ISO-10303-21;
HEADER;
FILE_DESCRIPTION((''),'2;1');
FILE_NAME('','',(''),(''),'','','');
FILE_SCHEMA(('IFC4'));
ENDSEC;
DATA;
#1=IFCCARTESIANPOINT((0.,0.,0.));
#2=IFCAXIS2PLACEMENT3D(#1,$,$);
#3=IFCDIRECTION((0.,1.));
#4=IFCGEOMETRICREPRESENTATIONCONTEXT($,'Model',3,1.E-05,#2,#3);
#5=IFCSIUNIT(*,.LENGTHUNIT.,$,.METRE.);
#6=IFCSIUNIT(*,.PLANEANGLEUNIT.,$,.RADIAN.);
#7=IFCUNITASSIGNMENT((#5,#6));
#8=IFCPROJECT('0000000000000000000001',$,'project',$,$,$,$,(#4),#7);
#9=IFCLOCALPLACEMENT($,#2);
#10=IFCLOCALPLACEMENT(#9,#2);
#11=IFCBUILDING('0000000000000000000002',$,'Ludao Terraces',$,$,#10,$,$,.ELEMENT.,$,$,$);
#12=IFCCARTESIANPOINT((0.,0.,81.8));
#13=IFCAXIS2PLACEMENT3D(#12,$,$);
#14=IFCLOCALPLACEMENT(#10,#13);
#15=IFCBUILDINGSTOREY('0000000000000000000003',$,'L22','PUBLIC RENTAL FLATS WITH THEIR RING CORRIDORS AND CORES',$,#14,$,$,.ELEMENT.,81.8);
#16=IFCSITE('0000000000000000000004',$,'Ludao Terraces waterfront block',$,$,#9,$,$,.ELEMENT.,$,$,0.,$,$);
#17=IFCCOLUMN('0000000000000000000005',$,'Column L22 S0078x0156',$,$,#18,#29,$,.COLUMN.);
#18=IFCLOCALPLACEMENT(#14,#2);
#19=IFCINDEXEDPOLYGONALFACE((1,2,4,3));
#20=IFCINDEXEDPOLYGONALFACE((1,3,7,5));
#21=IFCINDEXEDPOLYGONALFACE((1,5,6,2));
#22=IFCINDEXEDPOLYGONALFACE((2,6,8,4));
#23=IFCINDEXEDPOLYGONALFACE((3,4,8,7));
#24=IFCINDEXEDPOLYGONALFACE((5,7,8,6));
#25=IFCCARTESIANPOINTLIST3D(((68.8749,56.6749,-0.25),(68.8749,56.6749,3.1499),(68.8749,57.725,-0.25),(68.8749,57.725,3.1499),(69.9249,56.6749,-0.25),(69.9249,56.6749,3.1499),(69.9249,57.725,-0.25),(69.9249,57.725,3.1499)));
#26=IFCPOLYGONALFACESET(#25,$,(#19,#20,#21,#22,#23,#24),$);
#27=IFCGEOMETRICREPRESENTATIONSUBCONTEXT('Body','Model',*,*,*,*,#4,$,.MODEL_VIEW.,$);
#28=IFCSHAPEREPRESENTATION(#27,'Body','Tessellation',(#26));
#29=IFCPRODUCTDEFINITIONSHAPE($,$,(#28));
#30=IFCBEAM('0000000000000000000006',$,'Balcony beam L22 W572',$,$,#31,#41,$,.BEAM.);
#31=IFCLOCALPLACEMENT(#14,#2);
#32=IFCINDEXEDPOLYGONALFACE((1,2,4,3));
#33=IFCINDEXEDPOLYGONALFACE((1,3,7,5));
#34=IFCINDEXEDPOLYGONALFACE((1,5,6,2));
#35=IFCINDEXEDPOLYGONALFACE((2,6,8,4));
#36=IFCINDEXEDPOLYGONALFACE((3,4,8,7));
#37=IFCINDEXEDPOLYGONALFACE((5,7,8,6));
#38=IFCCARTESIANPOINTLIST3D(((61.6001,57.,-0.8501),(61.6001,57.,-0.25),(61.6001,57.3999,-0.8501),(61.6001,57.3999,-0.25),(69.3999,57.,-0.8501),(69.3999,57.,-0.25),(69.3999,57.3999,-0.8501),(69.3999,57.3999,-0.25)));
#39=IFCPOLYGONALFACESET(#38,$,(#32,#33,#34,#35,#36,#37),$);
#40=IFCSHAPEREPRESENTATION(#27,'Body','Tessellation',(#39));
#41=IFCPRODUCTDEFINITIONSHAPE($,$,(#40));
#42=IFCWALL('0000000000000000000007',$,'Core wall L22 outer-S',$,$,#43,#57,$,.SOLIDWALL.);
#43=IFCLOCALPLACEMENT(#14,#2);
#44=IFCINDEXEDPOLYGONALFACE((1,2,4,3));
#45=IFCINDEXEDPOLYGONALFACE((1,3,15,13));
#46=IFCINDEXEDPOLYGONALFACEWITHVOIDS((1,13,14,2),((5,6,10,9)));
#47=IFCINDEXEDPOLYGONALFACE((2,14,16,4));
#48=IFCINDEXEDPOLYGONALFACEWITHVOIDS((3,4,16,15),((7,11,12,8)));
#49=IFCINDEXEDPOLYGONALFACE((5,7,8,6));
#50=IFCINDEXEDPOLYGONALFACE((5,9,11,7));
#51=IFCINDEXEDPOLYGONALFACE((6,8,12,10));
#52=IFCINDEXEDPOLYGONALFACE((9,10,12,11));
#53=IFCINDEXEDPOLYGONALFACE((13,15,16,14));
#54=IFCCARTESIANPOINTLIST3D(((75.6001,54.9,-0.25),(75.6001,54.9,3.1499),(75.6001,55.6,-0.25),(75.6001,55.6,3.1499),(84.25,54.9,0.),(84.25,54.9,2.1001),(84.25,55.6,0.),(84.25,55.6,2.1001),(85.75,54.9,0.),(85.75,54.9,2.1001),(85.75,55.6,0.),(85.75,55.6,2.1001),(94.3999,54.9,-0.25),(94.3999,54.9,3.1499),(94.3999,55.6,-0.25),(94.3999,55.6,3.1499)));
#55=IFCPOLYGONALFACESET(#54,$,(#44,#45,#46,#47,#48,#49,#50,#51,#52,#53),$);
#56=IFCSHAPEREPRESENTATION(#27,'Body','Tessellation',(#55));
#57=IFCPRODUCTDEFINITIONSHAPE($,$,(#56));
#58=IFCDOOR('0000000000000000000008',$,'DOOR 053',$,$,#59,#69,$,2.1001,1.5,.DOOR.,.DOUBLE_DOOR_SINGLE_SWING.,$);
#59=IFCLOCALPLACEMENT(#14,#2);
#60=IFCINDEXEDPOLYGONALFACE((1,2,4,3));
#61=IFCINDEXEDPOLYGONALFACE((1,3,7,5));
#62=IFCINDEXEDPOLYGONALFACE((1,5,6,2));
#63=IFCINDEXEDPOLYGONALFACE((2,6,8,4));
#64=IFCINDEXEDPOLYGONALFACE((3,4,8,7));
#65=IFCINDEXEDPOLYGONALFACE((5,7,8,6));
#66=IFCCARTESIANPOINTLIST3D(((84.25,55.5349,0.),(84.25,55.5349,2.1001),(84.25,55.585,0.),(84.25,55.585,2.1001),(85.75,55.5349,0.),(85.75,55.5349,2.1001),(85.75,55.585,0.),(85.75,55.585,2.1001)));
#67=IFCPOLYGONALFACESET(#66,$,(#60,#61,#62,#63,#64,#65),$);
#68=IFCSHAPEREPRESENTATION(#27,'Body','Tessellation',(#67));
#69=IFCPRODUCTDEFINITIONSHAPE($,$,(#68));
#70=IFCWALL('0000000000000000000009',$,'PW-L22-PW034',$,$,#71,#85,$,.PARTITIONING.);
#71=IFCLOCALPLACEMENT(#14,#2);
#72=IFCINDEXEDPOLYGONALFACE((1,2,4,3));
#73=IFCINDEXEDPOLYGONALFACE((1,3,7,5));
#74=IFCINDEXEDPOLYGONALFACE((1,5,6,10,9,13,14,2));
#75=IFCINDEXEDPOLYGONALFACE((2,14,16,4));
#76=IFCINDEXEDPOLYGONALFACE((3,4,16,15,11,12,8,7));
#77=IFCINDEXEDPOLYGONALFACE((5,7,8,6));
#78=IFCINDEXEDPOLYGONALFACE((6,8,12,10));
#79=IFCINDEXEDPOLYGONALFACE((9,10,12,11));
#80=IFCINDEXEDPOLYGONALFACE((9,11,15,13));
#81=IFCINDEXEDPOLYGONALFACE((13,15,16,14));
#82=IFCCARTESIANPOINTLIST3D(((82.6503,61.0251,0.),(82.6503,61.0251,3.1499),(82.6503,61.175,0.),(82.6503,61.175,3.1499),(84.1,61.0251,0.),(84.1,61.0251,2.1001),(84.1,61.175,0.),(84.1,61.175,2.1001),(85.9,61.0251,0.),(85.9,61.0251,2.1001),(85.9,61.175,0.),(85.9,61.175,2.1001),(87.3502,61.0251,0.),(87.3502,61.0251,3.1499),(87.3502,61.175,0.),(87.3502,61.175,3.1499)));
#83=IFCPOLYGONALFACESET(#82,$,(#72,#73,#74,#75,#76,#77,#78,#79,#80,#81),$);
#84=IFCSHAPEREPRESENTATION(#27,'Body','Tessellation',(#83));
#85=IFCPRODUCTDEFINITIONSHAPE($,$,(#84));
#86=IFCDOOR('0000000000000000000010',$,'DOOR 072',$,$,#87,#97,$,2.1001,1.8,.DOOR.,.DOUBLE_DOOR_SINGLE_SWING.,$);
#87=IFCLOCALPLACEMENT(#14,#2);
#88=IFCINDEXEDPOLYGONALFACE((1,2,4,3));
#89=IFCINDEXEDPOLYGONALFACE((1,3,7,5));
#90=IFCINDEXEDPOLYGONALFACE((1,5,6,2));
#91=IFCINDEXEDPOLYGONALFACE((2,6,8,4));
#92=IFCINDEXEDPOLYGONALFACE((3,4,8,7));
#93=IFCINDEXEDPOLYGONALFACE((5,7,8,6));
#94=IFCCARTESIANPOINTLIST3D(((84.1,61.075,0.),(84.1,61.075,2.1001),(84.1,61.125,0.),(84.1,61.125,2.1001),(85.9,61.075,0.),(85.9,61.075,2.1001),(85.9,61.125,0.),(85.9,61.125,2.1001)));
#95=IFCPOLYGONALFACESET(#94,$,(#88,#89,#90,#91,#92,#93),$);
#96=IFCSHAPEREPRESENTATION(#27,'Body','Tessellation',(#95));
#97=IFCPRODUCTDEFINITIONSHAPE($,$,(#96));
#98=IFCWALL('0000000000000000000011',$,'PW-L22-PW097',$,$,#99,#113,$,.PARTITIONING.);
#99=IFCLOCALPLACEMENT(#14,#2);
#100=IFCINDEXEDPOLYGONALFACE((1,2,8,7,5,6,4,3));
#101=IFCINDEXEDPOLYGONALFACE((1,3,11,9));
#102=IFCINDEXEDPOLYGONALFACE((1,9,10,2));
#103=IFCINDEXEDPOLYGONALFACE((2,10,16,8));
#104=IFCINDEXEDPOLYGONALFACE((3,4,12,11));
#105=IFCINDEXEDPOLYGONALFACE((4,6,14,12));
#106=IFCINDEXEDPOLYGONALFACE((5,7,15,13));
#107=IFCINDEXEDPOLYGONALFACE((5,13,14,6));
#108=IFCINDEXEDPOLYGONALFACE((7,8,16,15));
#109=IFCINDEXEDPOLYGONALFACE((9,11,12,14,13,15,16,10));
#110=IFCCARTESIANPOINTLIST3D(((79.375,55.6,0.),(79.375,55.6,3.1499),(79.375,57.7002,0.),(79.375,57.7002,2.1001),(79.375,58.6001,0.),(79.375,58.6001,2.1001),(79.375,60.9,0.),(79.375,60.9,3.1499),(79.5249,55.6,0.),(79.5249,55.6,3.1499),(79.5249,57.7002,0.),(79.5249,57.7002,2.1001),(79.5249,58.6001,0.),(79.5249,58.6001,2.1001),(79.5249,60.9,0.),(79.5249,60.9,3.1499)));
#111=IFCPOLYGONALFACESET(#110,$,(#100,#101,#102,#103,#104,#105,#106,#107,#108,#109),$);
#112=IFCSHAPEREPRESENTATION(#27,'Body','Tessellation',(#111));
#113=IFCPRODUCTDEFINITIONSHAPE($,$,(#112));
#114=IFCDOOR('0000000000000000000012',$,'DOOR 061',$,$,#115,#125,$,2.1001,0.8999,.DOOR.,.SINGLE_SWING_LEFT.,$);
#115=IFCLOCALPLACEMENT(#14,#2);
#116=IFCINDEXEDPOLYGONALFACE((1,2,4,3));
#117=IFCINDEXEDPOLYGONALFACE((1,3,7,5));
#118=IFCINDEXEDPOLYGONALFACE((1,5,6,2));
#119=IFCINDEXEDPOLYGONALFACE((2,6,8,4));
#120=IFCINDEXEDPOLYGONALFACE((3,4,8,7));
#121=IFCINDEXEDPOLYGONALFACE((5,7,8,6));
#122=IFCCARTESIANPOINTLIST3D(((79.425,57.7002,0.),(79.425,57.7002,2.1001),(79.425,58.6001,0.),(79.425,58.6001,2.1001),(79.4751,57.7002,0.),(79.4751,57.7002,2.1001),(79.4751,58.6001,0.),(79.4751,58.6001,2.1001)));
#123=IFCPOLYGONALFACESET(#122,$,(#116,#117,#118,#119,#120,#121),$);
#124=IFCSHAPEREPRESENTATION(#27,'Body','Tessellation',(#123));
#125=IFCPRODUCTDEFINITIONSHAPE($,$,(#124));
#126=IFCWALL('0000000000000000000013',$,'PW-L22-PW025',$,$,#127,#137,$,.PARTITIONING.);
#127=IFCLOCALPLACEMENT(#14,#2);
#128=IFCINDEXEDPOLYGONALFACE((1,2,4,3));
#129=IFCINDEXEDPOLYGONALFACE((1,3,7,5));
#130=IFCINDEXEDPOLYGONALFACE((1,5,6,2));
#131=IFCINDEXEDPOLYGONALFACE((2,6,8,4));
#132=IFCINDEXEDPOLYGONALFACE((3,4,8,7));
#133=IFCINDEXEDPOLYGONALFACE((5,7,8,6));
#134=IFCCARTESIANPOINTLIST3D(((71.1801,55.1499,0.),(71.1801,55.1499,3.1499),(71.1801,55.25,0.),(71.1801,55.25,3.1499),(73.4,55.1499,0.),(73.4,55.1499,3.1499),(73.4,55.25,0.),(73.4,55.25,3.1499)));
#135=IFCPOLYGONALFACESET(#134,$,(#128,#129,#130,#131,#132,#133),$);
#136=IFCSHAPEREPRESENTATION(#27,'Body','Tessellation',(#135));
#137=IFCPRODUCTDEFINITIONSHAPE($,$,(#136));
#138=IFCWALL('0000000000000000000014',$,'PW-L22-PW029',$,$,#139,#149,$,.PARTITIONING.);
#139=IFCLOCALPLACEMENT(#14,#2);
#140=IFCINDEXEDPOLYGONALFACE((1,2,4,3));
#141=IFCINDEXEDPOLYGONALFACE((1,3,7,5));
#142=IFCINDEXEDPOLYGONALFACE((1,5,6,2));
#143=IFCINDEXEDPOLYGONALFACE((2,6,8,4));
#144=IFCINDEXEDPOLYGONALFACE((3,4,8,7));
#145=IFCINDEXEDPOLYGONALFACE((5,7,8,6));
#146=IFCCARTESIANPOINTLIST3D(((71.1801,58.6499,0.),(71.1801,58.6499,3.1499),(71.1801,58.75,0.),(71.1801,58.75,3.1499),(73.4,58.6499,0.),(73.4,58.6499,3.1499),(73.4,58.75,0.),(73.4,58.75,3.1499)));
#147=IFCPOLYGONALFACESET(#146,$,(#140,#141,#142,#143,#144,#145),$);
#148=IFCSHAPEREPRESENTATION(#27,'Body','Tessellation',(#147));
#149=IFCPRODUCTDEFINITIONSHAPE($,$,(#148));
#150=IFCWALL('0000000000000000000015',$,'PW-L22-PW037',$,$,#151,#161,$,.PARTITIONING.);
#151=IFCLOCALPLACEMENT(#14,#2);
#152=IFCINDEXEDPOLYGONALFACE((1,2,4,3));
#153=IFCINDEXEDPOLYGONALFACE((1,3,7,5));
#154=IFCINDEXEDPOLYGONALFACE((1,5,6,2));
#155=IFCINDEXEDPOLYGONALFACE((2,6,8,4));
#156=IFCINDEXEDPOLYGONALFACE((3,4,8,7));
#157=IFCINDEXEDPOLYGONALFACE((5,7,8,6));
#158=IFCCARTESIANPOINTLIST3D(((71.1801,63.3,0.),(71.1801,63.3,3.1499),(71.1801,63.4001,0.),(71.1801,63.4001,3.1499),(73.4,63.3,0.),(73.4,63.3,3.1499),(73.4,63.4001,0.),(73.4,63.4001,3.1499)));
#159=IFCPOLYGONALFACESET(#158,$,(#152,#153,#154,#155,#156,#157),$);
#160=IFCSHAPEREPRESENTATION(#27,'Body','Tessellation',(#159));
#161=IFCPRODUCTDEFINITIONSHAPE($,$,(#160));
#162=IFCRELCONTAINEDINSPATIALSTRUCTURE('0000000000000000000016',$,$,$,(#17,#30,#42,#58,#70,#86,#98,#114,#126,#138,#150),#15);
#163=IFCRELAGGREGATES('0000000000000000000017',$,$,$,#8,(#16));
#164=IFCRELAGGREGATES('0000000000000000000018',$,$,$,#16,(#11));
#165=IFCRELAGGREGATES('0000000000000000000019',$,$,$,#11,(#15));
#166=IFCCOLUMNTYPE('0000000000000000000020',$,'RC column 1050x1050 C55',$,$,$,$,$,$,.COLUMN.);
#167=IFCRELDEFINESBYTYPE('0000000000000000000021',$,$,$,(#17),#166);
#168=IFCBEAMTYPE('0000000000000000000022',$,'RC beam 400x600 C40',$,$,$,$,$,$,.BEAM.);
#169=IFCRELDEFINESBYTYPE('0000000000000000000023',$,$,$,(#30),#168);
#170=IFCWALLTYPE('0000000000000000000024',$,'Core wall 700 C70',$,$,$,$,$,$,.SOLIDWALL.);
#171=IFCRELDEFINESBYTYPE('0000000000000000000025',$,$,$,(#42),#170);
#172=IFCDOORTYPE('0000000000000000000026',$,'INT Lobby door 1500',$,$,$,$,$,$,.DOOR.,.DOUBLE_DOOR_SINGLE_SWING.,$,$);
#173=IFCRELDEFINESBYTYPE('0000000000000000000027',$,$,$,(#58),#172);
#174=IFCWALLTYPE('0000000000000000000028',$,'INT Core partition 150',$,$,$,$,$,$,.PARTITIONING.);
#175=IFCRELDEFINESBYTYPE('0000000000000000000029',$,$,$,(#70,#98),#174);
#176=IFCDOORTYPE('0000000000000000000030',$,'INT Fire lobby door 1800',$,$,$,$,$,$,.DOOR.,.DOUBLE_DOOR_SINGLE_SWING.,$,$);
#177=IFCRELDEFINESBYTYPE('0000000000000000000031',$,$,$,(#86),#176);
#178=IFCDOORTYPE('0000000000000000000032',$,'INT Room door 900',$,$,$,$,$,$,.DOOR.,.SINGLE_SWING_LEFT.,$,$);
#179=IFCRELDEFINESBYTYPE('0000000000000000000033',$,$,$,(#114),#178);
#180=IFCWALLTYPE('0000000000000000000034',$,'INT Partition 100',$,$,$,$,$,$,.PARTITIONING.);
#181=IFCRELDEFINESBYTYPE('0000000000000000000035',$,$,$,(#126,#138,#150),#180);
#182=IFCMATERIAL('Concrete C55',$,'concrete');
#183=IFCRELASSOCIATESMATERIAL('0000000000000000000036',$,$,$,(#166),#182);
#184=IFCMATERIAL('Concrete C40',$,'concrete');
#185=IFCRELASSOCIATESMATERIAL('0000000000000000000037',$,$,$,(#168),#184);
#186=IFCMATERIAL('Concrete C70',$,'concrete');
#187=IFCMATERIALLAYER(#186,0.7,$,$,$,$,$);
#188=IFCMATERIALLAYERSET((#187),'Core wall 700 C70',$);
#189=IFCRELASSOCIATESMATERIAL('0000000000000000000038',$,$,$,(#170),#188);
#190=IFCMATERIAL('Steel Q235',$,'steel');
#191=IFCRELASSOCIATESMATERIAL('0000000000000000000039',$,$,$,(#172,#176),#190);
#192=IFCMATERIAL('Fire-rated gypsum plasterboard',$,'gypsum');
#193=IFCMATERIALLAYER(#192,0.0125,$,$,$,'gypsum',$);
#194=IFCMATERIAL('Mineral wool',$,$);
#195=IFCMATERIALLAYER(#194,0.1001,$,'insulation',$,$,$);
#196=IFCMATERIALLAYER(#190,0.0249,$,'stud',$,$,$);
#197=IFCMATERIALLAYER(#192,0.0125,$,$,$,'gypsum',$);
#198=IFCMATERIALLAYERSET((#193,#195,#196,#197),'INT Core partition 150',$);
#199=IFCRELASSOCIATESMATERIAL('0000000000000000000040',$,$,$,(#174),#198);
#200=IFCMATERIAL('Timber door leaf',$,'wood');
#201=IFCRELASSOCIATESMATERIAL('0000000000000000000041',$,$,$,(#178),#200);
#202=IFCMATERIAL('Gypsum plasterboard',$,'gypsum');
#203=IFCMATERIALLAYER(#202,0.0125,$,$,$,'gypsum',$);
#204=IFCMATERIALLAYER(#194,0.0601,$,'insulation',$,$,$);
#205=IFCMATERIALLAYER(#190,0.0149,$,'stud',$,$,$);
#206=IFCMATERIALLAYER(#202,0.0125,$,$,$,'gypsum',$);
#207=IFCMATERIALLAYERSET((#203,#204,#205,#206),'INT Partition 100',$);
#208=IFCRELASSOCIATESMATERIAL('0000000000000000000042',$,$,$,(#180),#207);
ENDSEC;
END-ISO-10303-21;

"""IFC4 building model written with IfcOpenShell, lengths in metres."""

from ifc_helpers import new_model, si_unit, direction, frame, frame_2d, origin, origin_2d, place, context, subcontext, project, spatial, rectangle, extrude, material, layer, layer_set, material_profile, profile_set, type_object, element, fill, save


model = new_model("IFC4")

# Units and contexts
model_context = context("Model", 3, precision=1e-05, world=origin(), true_north=direction((0.0, 1.0)))
body_context = subcontext(model_context, "Body", "Model", "MODEL_VIEW")
ifc_project = project(units=[si_unit("LENGTHUNIT", "METRE"), si_unit("PLANEANGLEUNIT", "RADIAN")], contexts=[model_context])

# Site, building, storey
site_placement = place(None, origin())
site = spatial("IfcSite", under=ifc_project, at=site_placement, Name="Ludao Terraces waterfront block", CompositionType="ELEMENT", RefElevation=0.0)
building_placement = place(site_placement, origin())
building = spatial("IfcBuilding", under=site, at=building_placement, Name="Ludao Terraces", CompositionType="ELEMENT")
storey_placement = place(building_placement, frame((0.0, 0.0, 81.8)))
storey = spatial("IfcBuildingStorey", under=building, at=storey_placement, Name="L22", Description="PUBLIC RENTAL FLATS WITH THEIR RING CORRIDORS AND CORES", CompositionType="ELEMENT", Elevation=81.8)

# Column
ifc_material_1 = material(Name="Concrete C55", Category="concrete")
ifc_material_profile_1 = material_profile(ifc_material_1, rectangle(XDim=1.05, YDim=1.05, at=origin_2d()), Name="1050 X 1050")
ifc_profile_set_1 = profile_set([ifc_material_profile_1], Name="Concrete C55")
column_type = type_object("IfcColumnType", Name="RC column 1050x1050 C55", PredefinedType="COLUMN", material=ifc_profile_set_1)
column_placement = place(storey_placement, frame((69.3999, 57.2, -0.25), z_axis=(0.0, 0.0, 1.0), x_axis=(1.0, 0.0, 0.0)))
element("IfcColumn", 1, at=column_placement, inside=storey, type_object=column_type, Name="Column L22 S0078x0156", PredefinedType="COLUMN", context=body_context, shape_type="SweptSolid", body=[
    extrude(rectangle(XDim=1.05, YDim=1.05, at=origin_2d()), origin(), (0.0, 0.0, 1.0), 3.3999),
])

# Beam
ifc_material_2 = material(Name="Concrete C40", Category="concrete")
ifc_material_profile_2 = material_profile(ifc_material_2, rectangle(XDim=0.3999, YDim=0.6001, at=origin_2d()), Name="400 X 600")
ifc_profile_set_2 = profile_set([ifc_material_profile_2], Name="Concrete C40")
beam_type = type_object("IfcBeamType", Name="RC beam 400x600 C40", PredefinedType="BEAM", material=ifc_profile_set_2)
beam_placement = place(storey_placement, frame((69.3999, 57.2, -0.55), z_axis=(-1.0, 0.0, 0.0), x_axis=(0.0, -1.0, 0.0)))
element("IfcBeam", 2, at=beam_placement, inside=storey, type_object=beam_type, Name="Balcony beam L22 W572", PredefinedType="BEAM", context=body_context, shape_type="SweptSolid", body=[
    extrude(rectangle(XDim=0.3999, YDim=0.6001, at=origin_2d()), origin(), (0.0, 0.0, 1.0), 7.7998),
])

# Walls, openings, doors
ifc_material_3 = material(Name="Concrete C70", Category="concrete")
ifc_layer_1 = layer(ifc_material_3, 0.7)
ifc_layer_set_1 = layer_set([ifc_layer_1], Name="Core wall 700 C70")
wall_type_1 = type_object("IfcWallType", Name="Core wall 700 C70", PredefinedType="SOLIDWALL", material=ifc_layer_set_1)
wall_1_placement = place(storey_placement, frame((75.6001, 55.25, -0.25), z_axis=(0.0, 0.0, 1.0), x_axis=(1.0, 0.0, 0.0)))
wall_1 = element("IfcWall", 3, at=wall_1_placement, inside=storey, type_object=wall_type_1, Name="Core wall L22 outer-S", PredefinedType="SOLIDWALL", context=body_context, shape_type="SweptSolid", body=[
    extrude(rectangle(XDim=18.7998, YDim=0.7, at=frame_2d((9.3999, 0.0))), origin(), (0.0, 0.0, 1.0), 3.3999),
])
opening_1_placement = place(wall_1_placement, frame((8.6499, 0.0, 0.25)))
opening_1 = element("IfcOpeningElement", 4, at=opening_1_placement, cuts=wall_1, PredefinedType="OPENING", context=body_context, shape_type="SweptSolid", body=[
    extrude(rectangle(XDim=1.5, YDim=2.1001, at=frame_2d((0.75, 1.05))), frame((0.0, 0.3599, 0.0), z_axis=(0.0, -1.0, 0.0), x_axis=(1.0, 0.0, 0.0)), (0.0, 0.0, 1.0), 0.72),
])
ifc_material_4 = material(Name="Steel Q235", Category="steel")
door_type_1 = type_object("IfcDoorType", Name="INT Lobby door 1500", OperationType="DOUBLE_DOOR_SINGLE_SWING", PredefinedType="DOOR", material=ifc_material_4)
door_1_placement = place(opening_1_placement, origin())
door_1 = element("IfcDoor", 5, at=door_1_placement, inside=storey, type_object=door_type_1, Name="DOOR 053", OperationType="DOUBLE_DOOR_SINGLE_SWING", OverallHeight=2.1001, OverallWidth=1.5, PredefinedType="DOOR", context=body_context, shape_type="SweptSolid", body=[
    extrude(rectangle(XDim=1.5, YDim=2.1001, at=frame_2d((0.75, 1.05))), frame((0.0, 0.335, 0.0), z_axis=(0.0, -1.0, 0.0), x_axis=(1.0, 0.0, 0.0)), (0.0, 0.0, 1.0), 0.05),
])
fill(opening_1, door_1)
ifc_material_5 = material(Name="Fire-rated gypsum plasterboard", Category="gypsum")
ifc_layer_2 = layer(ifc_material_5, 0.0125, Category="gypsum")
ifc_material_6 = material(Name="Mineral wool")
ifc_layer_3 = layer(ifc_material_6, 0.1001, Name="insulation")
ifc_layer_4 = layer(ifc_material_4, 0.0249, Name="stud")
ifc_layer_5 = layer(ifc_material_5, 0.0125, Category="gypsum")
ifc_layer_set_2 = layer_set([ifc_layer_2, ifc_layer_3, ifc_layer_4, ifc_layer_5], Name="INT Core partition 150")
wall_type_2 = type_object("IfcWallType", Name="INT Core partition 150", PredefinedType="PARTITIONING", material=ifc_layer_set_2)
wall_2_placement = place(storey_placement, frame((82.6501, 61.1001, 0.0), z_axis=(0.0, 0.0, 1.0), x_axis=(1.0, 0.0, 0.0)))
wall_2 = element("IfcWall", 6, at=wall_2_placement, inside=storey, type_object=wall_type_2, Name="PW-L22-PW034", PredefinedType="PARTITIONING", context=body_context, shape_type="SweptSolid", body=[
    extrude(rectangle(XDim=4.7, YDim=0.1499, at=frame_2d((2.3501, 0.0))), origin(), (0.0, 0.0, 1.0), 3.1499),
])
opening_2_placement = place(wall_2_placement, frame((1.45, 0.0, 0.0)))
opening_2 = element("IfcOpeningElement", 7, at=opening_2_placement, cuts=wall_2, PredefinedType="OPENING", context=body_context, shape_type="SweptSolid", body=[
    extrude(rectangle(XDim=1.8, YDim=2.1001, at=frame_2d((0.8999, 1.05))), frame((0.0, 0.085, 0.0), z_axis=(0.0, -1.0, 0.0), x_axis=(1.0, 0.0, 0.0)), (0.0, 0.0, 1.0), 0.1699),
])
door_type_2 = type_object("IfcDoorType", Name="INT Fire lobby door 1800", OperationType="DOUBLE_DOOR_SINGLE_SWING", PredefinedType="DOOR", material=ifc_material_4)
door_2_placement = place(opening_2_placement, origin())
door_2 = element("IfcDoor", 8, at=door_2_placement, inside=storey, type_object=door_type_2, Name="DOOR 072", OperationType="DOUBLE_DOOR_SINGLE_SWING", OverallHeight=2.1001, OverallWidth=1.8, PredefinedType="DOOR", context=body_context, shape_type="SweptSolid", body=[
    extrude(rectangle(XDim=1.8, YDim=2.1001, at=frame_2d((0.8999, 1.05))), frame((0.0, 0.0249, 0.0), z_axis=(0.0, -1.0, 0.0), x_axis=(1.0, 0.0, 0.0)), (0.0, 0.0, 1.0), 0.05),
])
fill(opening_2, door_2)
wall_3_placement = place(storey_placement, frame((79.45, 55.6001, 0.0), z_axis=(0.0, 0.0, 1.0), x_axis=(0.0, 1.0, 0.0)))
wall_3 = element("IfcWall", 9, at=wall_3_placement, inside=storey, type_object=wall_type_2, Name="PW-L22-PW097", PredefinedType="PARTITIONING", context=body_context, shape_type="SweptSolid", body=[
    extrude(rectangle(XDim=5.3, YDim=0.1499, at=frame_2d((2.6499, 0.0))), origin(), (0.0, 0.0, 1.0), 3.1499),
])
opening_3_placement = place(wall_3_placement, frame((2.1001, 0.0, 0.0)))
opening_3 = element("IfcOpeningElement", 10, at=opening_3_placement, cuts=wall_3, PredefinedType="OPENING", context=body_context, shape_type="SweptSolid", body=[
    extrude(rectangle(XDim=0.8999, YDim=2.1001, at=frame_2d((0.45, 1.05))), frame((0.0, 0.085, 0.0), z_axis=(0.0, -1.0, 0.0), x_axis=(1.0, 0.0, 0.0)), (0.0, 0.0, 1.0), 0.1699),
])
ifc_material_7 = material(Name="Timber door leaf", Category="wood")
door_type_3 = type_object("IfcDoorType", Name="INT Room door 900", OperationType="SINGLE_SWING_LEFT", PredefinedType="DOOR", material=ifc_material_7)
door_3_placement = place(opening_3_placement, origin())
door_3 = element("IfcDoor", 11, at=door_3_placement, inside=storey, type_object=door_type_3, Name="DOOR 061", OperationType="SINGLE_SWING_LEFT", OverallHeight=2.1001, OverallWidth=0.8999, PredefinedType="DOOR", context=body_context, shape_type="SweptSolid", body=[
    extrude(rectangle(XDim=0.8999, YDim=2.1001, at=frame_2d((0.45, 1.05))), frame((0.0, 0.0249, 0.0), z_axis=(0.0, -1.0, 0.0), x_axis=(1.0, 0.0, 0.0)), (0.0, 0.0, 1.0), 0.05),
])
fill(opening_3, door_3)

# Walls
ifc_material_8 = material(Name="Gypsum plasterboard", Category="gypsum")
ifc_layer_6 = layer(ifc_material_8, 0.0125, Category="gypsum")
ifc_layer_7 = layer(ifc_material_6, 0.0601, Name="insulation")
ifc_layer_8 = layer(ifc_material_4, 0.0149, Name="stud")
ifc_layer_9 = layer(ifc_material_8, 0.0125, Category="gypsum")
ifc_layer_set_3 = layer_set([ifc_layer_6, ifc_layer_7, ifc_layer_8, ifc_layer_9], Name="INT Partition 100")
wall_type_3 = type_object("IfcWallType", Name="INT Partition 100", PredefinedType="PARTITIONING", material=ifc_layer_set_3)
for number, where, z_axis, x_axis, name in (
    (12, (71.1802, 55.2, 0.0), (0.0, 0.0, 1.0), (1.0, 0.0, 0.0), "PW-L22-PW025"),
    (13, (71.1802, 58.7, 0.0), (0.0, 0.0, 1.0), (1.0, 0.0, 0.0), "PW-L22-PW029"),
    (14, (71.1802, 63.3501, 0.0), (0.0, 0.0, 1.0), (1.0, 0.0, 0.0), "PW-L22-PW037"),
):
    element("IfcWall", number, at=place(storey_placement, frame(where, z_axis=z_axis, x_axis=x_axis)), inside=storey, type_object=wall_type_3, Name=name, PredefinedType="PARTITIONING", context=body_context, shape_type="SweptSolid", body=[
        extrude(rectangle(XDim=2.22, YDim=0.1001, at=frame_2d((1.1099, 0.0))), origin(), (0.0, 0.0, 1.0), 3.1499),
    ])

save(model, "model.ifc")
